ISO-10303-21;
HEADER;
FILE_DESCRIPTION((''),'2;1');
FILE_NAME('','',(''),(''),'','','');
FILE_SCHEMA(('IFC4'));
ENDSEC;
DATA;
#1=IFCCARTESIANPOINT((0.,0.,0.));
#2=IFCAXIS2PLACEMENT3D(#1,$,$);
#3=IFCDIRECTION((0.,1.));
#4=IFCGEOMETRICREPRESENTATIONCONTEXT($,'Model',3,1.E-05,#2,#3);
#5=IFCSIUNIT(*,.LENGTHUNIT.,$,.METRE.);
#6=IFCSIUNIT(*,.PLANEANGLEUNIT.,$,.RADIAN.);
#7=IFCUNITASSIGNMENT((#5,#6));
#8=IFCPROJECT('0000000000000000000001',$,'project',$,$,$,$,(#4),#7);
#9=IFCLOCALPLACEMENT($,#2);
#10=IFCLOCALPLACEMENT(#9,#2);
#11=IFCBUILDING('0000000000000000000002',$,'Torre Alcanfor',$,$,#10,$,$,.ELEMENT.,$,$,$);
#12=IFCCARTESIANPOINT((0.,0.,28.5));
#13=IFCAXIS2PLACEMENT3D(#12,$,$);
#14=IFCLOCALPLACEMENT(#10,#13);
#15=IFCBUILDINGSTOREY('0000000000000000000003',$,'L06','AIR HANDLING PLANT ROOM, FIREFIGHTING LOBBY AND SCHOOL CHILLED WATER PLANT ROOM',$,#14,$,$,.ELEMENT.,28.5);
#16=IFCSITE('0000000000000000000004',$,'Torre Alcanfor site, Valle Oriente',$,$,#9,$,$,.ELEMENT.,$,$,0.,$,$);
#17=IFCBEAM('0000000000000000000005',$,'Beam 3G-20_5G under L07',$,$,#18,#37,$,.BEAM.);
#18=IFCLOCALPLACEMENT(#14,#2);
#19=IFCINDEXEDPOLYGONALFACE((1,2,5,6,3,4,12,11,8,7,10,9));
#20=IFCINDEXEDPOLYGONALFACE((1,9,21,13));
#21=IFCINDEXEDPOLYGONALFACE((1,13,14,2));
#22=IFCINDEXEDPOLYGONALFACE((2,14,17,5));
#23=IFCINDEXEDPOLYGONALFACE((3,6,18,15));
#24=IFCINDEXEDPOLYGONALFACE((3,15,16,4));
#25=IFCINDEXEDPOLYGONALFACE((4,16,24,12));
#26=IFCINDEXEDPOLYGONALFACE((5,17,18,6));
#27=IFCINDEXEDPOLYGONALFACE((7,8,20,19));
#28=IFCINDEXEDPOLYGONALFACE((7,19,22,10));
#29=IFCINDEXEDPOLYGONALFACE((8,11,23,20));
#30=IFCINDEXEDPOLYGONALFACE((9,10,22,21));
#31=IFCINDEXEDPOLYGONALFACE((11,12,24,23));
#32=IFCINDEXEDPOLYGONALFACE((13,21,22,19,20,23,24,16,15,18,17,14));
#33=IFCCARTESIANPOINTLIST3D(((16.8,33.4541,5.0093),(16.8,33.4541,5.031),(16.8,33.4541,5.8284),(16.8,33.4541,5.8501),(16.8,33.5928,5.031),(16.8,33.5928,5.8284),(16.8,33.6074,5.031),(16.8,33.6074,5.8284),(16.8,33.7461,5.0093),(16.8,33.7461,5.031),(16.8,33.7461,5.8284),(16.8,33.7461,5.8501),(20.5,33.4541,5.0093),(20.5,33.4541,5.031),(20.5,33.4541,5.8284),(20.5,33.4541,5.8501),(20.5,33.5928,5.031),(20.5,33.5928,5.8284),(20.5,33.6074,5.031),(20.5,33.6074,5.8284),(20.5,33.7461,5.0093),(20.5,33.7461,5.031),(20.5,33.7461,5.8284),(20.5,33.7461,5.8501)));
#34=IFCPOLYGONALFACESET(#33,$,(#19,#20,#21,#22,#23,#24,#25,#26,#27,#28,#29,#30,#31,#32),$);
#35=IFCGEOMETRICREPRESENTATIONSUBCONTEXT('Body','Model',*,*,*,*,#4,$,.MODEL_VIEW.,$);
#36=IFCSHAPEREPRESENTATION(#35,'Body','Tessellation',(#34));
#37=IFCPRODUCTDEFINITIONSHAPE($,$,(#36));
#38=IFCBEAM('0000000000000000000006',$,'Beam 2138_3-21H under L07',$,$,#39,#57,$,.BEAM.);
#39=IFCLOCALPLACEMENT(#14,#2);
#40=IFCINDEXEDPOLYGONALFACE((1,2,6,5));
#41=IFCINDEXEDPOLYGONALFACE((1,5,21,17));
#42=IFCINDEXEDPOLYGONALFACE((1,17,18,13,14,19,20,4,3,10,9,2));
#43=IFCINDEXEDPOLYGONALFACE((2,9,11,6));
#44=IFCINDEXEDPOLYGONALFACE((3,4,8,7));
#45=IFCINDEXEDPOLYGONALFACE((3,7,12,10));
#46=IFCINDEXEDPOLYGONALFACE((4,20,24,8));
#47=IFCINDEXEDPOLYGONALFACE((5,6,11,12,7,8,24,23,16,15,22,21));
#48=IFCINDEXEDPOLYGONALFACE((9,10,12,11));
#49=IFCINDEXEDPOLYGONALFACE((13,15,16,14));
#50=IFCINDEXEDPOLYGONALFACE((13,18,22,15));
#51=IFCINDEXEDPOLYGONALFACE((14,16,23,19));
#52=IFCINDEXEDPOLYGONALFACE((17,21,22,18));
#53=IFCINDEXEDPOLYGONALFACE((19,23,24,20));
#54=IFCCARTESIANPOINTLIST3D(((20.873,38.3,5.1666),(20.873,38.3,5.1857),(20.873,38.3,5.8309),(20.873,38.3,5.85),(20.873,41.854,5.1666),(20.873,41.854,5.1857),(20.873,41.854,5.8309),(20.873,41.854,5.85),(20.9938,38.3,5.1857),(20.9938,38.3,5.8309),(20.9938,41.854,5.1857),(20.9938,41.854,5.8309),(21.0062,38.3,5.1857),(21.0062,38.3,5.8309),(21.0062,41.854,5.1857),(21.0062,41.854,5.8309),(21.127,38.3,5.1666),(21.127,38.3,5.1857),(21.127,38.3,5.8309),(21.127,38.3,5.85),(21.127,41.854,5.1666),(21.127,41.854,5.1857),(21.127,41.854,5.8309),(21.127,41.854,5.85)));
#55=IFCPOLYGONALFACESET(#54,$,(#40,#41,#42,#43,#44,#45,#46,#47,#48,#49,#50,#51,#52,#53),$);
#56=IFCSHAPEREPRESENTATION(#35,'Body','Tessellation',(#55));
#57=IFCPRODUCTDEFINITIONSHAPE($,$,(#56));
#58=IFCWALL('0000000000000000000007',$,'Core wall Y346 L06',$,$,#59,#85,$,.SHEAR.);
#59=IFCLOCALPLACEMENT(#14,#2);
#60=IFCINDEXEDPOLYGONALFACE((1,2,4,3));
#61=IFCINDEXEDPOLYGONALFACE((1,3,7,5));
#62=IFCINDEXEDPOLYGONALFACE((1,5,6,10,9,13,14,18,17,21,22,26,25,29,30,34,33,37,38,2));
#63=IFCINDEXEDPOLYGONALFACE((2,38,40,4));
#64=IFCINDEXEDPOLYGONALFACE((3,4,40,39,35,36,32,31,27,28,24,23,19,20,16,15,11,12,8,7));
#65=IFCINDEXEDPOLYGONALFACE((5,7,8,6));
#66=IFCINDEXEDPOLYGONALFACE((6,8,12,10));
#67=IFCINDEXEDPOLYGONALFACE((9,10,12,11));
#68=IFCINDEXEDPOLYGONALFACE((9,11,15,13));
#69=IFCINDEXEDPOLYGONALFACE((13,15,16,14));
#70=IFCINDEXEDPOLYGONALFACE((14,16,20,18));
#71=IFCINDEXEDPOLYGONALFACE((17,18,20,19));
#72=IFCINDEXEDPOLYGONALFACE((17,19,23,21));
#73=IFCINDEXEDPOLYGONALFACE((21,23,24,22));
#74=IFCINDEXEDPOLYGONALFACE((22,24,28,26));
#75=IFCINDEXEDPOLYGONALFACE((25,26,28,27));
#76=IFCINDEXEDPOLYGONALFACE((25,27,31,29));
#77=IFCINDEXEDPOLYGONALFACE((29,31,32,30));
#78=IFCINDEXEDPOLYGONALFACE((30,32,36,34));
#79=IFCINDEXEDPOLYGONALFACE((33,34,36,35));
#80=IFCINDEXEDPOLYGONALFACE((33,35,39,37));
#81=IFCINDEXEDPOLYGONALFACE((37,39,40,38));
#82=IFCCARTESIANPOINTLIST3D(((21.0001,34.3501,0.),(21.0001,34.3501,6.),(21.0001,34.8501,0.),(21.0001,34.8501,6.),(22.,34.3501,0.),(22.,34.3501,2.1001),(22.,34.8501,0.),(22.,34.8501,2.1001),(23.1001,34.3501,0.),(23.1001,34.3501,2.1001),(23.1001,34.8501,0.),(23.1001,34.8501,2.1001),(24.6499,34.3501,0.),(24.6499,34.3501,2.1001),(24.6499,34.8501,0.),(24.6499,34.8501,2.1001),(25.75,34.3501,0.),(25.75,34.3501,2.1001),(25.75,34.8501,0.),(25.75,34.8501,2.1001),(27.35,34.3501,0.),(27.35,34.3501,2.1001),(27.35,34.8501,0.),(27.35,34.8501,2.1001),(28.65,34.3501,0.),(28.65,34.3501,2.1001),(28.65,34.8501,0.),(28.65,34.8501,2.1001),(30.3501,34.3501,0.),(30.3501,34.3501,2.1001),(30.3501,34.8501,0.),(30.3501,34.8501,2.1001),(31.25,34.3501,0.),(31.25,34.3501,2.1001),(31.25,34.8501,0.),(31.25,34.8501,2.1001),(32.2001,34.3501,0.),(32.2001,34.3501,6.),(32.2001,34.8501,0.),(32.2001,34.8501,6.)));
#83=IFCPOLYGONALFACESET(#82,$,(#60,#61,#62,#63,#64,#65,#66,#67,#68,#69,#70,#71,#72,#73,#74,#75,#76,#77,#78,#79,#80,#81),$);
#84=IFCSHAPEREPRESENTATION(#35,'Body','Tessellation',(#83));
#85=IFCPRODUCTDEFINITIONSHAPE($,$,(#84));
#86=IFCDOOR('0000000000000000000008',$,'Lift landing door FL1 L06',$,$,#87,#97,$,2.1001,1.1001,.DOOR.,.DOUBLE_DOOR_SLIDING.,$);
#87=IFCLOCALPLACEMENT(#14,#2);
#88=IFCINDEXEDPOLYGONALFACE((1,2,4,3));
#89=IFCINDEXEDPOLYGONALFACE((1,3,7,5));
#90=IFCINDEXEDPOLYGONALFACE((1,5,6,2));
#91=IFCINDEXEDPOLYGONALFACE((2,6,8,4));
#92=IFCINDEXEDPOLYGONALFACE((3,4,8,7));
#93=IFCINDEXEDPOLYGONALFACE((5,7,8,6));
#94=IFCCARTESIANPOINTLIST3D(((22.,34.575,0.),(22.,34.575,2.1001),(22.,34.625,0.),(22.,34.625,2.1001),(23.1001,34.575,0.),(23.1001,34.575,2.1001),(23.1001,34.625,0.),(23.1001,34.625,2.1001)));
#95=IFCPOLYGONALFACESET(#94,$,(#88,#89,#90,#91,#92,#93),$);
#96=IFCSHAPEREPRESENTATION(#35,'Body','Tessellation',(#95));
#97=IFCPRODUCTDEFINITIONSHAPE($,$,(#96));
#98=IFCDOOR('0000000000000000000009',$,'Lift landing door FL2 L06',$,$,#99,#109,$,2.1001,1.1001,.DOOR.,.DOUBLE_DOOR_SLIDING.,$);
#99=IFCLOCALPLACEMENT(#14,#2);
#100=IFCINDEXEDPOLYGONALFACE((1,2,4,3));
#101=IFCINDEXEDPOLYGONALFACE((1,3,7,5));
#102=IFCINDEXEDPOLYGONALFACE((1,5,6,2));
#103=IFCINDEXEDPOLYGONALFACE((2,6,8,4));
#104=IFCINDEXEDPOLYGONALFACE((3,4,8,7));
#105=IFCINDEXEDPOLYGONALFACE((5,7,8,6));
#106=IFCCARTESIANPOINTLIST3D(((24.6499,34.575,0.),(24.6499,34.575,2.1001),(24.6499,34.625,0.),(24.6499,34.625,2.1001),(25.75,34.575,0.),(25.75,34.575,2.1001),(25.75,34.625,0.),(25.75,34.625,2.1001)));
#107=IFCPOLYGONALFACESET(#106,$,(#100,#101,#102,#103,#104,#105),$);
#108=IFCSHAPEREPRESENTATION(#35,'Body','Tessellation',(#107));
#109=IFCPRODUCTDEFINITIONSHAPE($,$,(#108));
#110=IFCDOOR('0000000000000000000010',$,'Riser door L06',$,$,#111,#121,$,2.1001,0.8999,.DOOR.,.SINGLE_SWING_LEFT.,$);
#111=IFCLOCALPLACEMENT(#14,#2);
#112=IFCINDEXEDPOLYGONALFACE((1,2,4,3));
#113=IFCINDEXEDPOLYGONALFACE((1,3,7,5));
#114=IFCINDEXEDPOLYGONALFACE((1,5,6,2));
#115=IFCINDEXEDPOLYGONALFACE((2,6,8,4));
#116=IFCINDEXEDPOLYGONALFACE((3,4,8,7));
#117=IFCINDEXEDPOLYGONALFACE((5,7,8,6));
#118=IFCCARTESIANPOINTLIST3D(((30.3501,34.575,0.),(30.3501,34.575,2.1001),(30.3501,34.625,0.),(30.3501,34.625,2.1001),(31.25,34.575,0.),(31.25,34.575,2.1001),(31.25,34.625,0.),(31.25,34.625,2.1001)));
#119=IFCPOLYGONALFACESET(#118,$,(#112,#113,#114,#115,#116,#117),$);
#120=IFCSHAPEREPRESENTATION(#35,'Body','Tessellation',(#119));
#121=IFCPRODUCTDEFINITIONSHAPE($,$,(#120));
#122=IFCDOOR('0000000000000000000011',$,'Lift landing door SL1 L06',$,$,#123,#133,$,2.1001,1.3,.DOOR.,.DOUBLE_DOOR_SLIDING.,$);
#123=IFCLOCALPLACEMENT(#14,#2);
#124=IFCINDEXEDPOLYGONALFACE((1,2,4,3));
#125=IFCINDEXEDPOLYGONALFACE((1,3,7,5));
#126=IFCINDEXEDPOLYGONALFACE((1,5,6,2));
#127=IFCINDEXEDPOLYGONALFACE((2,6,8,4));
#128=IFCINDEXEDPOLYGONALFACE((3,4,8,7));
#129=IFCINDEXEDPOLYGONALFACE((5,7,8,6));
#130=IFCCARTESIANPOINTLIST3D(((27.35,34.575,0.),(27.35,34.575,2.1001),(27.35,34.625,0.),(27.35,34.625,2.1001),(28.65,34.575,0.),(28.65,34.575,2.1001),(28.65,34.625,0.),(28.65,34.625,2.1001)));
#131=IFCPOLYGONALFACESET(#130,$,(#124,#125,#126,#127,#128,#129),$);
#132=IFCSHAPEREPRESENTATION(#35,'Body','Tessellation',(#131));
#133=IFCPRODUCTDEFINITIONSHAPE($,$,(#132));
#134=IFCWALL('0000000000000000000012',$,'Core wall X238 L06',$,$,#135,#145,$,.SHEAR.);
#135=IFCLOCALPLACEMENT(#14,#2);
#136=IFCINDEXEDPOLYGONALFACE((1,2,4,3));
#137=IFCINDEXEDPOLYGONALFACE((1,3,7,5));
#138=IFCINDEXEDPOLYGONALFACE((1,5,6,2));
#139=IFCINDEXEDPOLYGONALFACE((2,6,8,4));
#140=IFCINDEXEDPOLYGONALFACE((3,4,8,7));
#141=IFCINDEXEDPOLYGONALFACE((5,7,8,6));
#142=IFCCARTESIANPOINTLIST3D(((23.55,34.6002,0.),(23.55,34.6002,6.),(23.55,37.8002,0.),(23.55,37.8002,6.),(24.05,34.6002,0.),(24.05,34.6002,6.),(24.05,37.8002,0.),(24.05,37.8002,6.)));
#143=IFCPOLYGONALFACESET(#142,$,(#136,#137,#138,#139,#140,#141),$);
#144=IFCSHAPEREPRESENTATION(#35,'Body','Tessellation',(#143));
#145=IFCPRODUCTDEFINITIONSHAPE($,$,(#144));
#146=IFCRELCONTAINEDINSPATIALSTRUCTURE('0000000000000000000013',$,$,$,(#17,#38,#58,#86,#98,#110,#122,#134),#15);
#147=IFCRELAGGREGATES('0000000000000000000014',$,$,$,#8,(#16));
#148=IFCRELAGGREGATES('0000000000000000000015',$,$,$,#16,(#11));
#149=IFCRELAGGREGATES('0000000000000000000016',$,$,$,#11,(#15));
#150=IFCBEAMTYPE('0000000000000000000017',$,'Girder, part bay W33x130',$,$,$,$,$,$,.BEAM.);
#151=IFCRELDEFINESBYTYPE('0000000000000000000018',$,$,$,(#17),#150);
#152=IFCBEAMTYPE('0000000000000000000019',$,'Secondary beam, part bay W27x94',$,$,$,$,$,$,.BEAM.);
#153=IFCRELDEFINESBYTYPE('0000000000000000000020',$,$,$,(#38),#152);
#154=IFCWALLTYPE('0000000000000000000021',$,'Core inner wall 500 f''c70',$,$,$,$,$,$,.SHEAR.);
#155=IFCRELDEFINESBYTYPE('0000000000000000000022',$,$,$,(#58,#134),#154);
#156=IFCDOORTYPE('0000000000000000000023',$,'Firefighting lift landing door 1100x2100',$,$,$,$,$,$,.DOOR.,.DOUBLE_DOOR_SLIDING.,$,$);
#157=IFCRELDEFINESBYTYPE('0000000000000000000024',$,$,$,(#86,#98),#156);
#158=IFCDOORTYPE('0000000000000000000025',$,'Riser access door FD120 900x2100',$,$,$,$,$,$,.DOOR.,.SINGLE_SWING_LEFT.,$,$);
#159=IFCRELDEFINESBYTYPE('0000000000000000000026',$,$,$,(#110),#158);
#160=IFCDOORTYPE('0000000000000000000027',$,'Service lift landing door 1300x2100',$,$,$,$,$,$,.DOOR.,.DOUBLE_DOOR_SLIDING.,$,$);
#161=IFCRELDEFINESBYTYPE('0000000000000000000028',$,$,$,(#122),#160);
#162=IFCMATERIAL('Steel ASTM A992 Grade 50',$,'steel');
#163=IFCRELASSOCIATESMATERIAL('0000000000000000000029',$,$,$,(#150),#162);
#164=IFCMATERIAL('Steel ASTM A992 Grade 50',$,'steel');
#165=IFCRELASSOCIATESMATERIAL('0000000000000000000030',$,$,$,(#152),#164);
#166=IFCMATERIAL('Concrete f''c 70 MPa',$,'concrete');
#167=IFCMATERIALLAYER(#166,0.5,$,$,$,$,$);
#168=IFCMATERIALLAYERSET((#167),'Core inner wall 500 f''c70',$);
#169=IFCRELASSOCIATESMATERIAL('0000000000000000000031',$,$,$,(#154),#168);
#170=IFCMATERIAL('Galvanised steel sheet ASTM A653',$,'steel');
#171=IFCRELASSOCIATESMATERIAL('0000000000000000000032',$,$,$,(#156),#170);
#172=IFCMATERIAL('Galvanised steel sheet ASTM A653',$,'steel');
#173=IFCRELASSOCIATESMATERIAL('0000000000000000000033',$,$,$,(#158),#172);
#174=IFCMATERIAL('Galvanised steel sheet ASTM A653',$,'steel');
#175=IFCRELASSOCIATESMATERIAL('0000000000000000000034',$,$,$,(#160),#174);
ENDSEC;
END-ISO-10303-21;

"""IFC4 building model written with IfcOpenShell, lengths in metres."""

from ifc_helpers import new_model, si_unit, direction, frame, frame_2d, origin, origin_2d, place, context, subcontext, project, spatial, rectangle, i_section, extrude, material, layer, layer_set, material_profile, profile_set, type_object, element, fill, save


model = new_model("IFC4")

# Units and contexts
model_context = context("Model", 3, precision=1e-05, world=origin(), true_north=direction((0.0, 1.0)))
body_context = subcontext(model_context, "Body", "Model", "MODEL_VIEW")
ifc_project = project(units=[si_unit("LENGTHUNIT", "METRE"), si_unit("PLANEANGLEUNIT", "RADIAN")], contexts=[model_context])

# Site, building, storey
site_placement = place(None, origin())
site = spatial("IfcSite", under=ifc_project, at=site_placement, Name="Torre Alcanfor site, Valle Oriente", CompositionType="ELEMENT", RefElevation=0.0)
building_placement = place(site_placement, origin())
building = spatial("IfcBuilding", under=site, at=building_placement, Name="Torre Alcanfor", CompositionType="ELEMENT")
storey_placement = place(building_placement, frame((0.0, 0.0, 28.5)))
storey = spatial("IfcBuildingStorey", under=building, at=storey_placement, Name="L06", Description="AIR HANDLING PLANT ROOM, FIREFIGHTING LOBBY AND SCHOOL CHILLED WATER PLANT ROOM", CompositionType="ELEMENT", Elevation=28.5)

# Beams
ifc_material_1 = material(Name="Steel ASTM A992 Grade 50", Category="steel")
ifc_material_profile_1 = material_profile(ifc_material_1, i_section(OverallWidth=0.292, OverallDepth=0.8408, WebThickness=0.0146, FlangeThickness=0.0217, at=origin_2d()), Name="W33x130")
ifc_profile_set_1 = profile_set([ifc_material_profile_1], Name="Steel ASTM A992 Grade 50")
beam_type_1 = type_object("IfcBeamType", Name="Girder, part bay W33x130", PredefinedType="BEAM", material=ifc_profile_set_1)
beam_1_placement = place(storey_placement, frame((16.8, 33.6001, 5.4297), z_axis=(1.0, 0.0, 0.0), x_axis=(0.0, 1.0, 0.0)))
element("IfcBeam", 1, at=beam_1_placement, inside=storey, type_object=beam_type_1, Name="Beam 3G-20_5G under L07", PredefinedType="BEAM", context=body_context, shape_type="SweptSolid", body=[
    extrude(i_section(OverallWidth=0.292, OverallDepth=0.8408, WebThickness=0.0146, FlangeThickness=0.0217, at=origin_2d()), origin(), (0.0, 0.0, 1.0), 3.7),
])
ifc_material_2 = material(Name="Steel ASTM A992 Grade 50", Category="steel")
ifc_material_profile_2 = material_profile(ifc_material_2, i_section(OverallWidth=0.2539, OverallDepth=0.6833, WebThickness=0.0125, FlangeThickness=0.019, at=origin_2d()), Name="W27x94")
ifc_profile_set_2 = profile_set([ifc_material_profile_2], Name="Steel ASTM A992 Grade 50")
beam_type_2 = type_object("IfcBeamType", Name="Secondary beam, part bay W27x94", PredefinedType="BEAM", material=ifc_profile_set_2)
beam_2_placement = place(storey_placement, frame((21.0, 38.3, 5.5083), z_axis=(0.0, 1.0, 0.0), x_axis=(-1.0, 0.0, 0.0)))
element("IfcBeam", 2, at=beam_2_placement, inside=storey, type_object=beam_type_2, Name="Beam 2138_3-21H under L07", PredefinedType="BEAM", context=body_context, shape_type="SweptSolid", body=[
    extrude(i_section(OverallWidth=0.2539, OverallDepth=0.6833, WebThickness=0.0125, FlangeThickness=0.019, at=origin_2d()), origin(), (0.0, 0.0, 1.0), 3.554),
])

# Wall, openings, doors
ifc_material_3 = material(Name="Concrete f'c 70 MPa", Category="concrete")
ifc_layer_1 = layer(ifc_material_3, 0.5)
ifc_layer_set_1 = layer_set([ifc_layer_1], Name="Core inner wall 500 f'c70")
wall_type_1 = type_object("IfcWallType", Name="Core inner wall 500 f'c70", PredefinedType="SHEAR", material=ifc_layer_set_1)
wall_1_placement = place(storey_placement, frame((21.0, 34.6001, 0.0), z_axis=(0.0, 0.0, 1.0), x_axis=(1.0, 0.0, 0.0)))
wall_1 = element("IfcWall", 3, at=wall_1_placement, inside=storey, type_object=wall_type_1, Name="Core wall Y346 L06", PredefinedType="SHEAR", context=body_context, shape_type="SweptSolid", body=[
    extrude(rectangle(XDim=11.2, YDim=0.5, at=frame_2d((5.6001, 0.0))), origin(), (0.0, 0.0, 1.0), 6.0),
])
opening_1_placement = place(wall_1_placement, frame((9.3501, 0.0, 0.0)))
opening_1 = element("IfcOpeningElement", 4, at=opening_1_placement, cuts=wall_1, PredefinedType="OPENING", context=body_context, shape_type="SweptSolid", body=[
    extrude(rectangle(XDim=0.8999, YDim=2.1001, at=frame_2d((0.45, 1.05))), frame((0.0, 0.26, 0.0), z_axis=(0.0, -1.0, 0.0), x_axis=(1.0, 0.0, 0.0)), (0.0, 0.0, 1.0), 0.52),
])
opening_2_placement = place(wall_1_placement, frame((1.0, 0.0, 0.0)))
opening_2 = element("IfcOpeningElement", 5, at=opening_2_placement, cuts=wall_1, PredefinedType="OPENING", context=body_context, shape_type="SweptSolid", body=[
    extrude(rectangle(XDim=1.1001, YDim=2.1001, at=frame_2d((0.55, 1.05))), frame((0.0, 0.26, 0.0), z_axis=(0.0, -1.0, 0.0), x_axis=(1.0, 0.0, 0.0)), (0.0, 0.0, 1.0), 0.52),
])
opening_3_placement = place(wall_1_placement, frame((3.6499, 0.0, 0.0)))
opening_3 = element("IfcOpeningElement", 6, at=opening_3_placement, cuts=wall_1, PredefinedType="OPENING", context=body_context, shape_type="SweptSolid", body=[
    extrude(rectangle(XDim=1.1001, YDim=2.1001, at=frame_2d((0.55, 1.05))), frame((0.0, 0.26, 0.0), z_axis=(0.0, -1.0, 0.0), x_axis=(1.0, 0.0, 0.0)), (0.0, 0.0, 1.0), 0.52),
])
opening_4_placement = place(wall_1_placement, frame((6.3501, 0.0, 0.0)))
opening_4 = element("IfcOpeningElement", 7, at=opening_4_placement, cuts=wall_1, PredefinedType="OPENING", context=body_context, shape_type="SweptSolid", body=[
    extrude(rectangle(XDim=1.3, YDim=2.1001, at=frame_2d((0.6499, 1.05))), frame((0.0, 0.26, 0.0), z_axis=(0.0, -1.0, 0.0), x_axis=(1.0, 0.0, 0.0)), (0.0, 0.0, 1.0), 0.52),
])
ifc_material_4 = material(Name="Galvanised steel sheet ASTM A653", Category="steel")
door_type_1 = type_object("IfcDoorType", Name="Firefighting lift landing door 1100x2100", OperationType="DOUBLE_DOOR_SLIDING", PredefinedType="DOOR", material=ifc_material_4)
door_1_placement = place(opening_2_placement, origin())
door_1 = element("IfcDoor", 8, at=door_1_placement, inside=storey, type_object=door_type_1, Name="Lift landing door FL1 L06", OperationType="DOUBLE_DOOR_SLIDING", OverallHeight=2.1001, OverallWidth=1.1001, PredefinedType="DOOR", context=body_context, shape_type="SweptSolid", body=[
    extrude(rectangle(XDim=1.1001, YDim=2.1001, at=frame_2d((0.55, 1.05))), frame((0.0, 0.0249, 0.0), z_axis=(0.0, -1.0, 0.0), x_axis=(1.0, 0.0, 0.0)), (0.0, 0.0, 1.0), 0.05),
])
fill(opening_2, door_1)
door_2_placement = place(opening_3_placement, origin())
door_2 = element("IfcDoor", 9, at=door_2_placement, inside=storey, type_object=door_type_1, Name="Lift landing door FL2 L06", OperationType="DOUBLE_DOOR_SLIDING", OverallHeight=2.1001, OverallWidth=1.1001, PredefinedType="DOOR", context=body_context, shape_type="SweptSolid", body=[
    extrude(rectangle(XDim=1.1001, YDim=2.1001, at=frame_2d((0.55, 1.05))), frame((0.0, 0.0249, 0.0), z_axis=(0.0, -1.0, 0.0), x_axis=(1.0, 0.0, 0.0)), (0.0, 0.0, 1.0), 0.05),
])
fill(opening_3, door_2)
ifc_material_5 = material(Name="Galvanised steel sheet ASTM A653", Category="steel")
door_type_2 = type_object("IfcDoorType", Name="Riser access door FD120 900x2100", OperationType="SINGLE_SWING_LEFT", PredefinedType="DOOR", material=ifc_material_5)
door_3_placement = place(opening_1_placement, origin())
door_3 = element("IfcDoor", 10, at=door_3_placement, inside=storey, type_object=door_type_2, Name="Riser door L06", OperationType="SINGLE_SWING_LEFT", OverallHeight=2.1001, OverallWidth=0.8999, PredefinedType="DOOR", context=body_context, shape_type="SweptSolid", body=[
    extrude(rectangle(XDim=0.8999, YDim=2.1001, at=frame_2d((0.45, 1.05))), frame((0.0, 0.0249, 0.0), z_axis=(0.0, -1.0, 0.0), x_axis=(1.0, 0.0, 0.0)), (0.0, 0.0, 1.0), 0.05),
])
fill(opening_1, door_3)
ifc_material_6 = material(Name="Galvanised steel sheet ASTM A653", Category="steel")
door_type_3 = type_object("IfcDoorType", Name="Service lift landing door 1300x2100", OperationType="DOUBLE_DOOR_SLIDING", PredefinedType="DOOR", material=ifc_material_6)
door_4_placement = place(opening_4_placement, origin())
door_4 = element("IfcDoor", 11, at=door_4_placement, inside=storey, type_object=door_type_3, Name="Lift landing door SL1 L06", OperationType="DOUBLE_DOOR_SLIDING", OverallHeight=2.1001, OverallWidth=1.3, PredefinedType="DOOR", context=body_context, shape_type="SweptSolid", body=[
    extrude(rectangle(XDim=1.3, YDim=2.1001, at=frame_2d((0.6499, 1.05))), frame((0.0, 0.0249, 0.0), z_axis=(0.0, -1.0, 0.0), x_axis=(1.0, 0.0, 0.0)), (0.0, 0.0, 1.0), 0.05),
])
fill(opening_4, door_4)

# Wall
wall_2_placement = place(storey_placement, frame((23.8, 34.6001, 0.0), z_axis=(0.0, 0.0, 1.0), x_axis=(0.0, 1.0, 0.0)))
element("IfcWall", 12, at=wall_2_placement, inside=storey, type_object=wall_type_1, Name="Core wall X238 L06", PredefinedType="SHEAR", context=body_context, shape_type="SweptSolid", body=[
    extrude(rectangle(XDim=3.2, YDim=0.5, at=frame_2d((1.6001, 0.0))), origin(), (0.0, 0.0, 1.0), 6.0),
])

save(model, "model.ifc")
